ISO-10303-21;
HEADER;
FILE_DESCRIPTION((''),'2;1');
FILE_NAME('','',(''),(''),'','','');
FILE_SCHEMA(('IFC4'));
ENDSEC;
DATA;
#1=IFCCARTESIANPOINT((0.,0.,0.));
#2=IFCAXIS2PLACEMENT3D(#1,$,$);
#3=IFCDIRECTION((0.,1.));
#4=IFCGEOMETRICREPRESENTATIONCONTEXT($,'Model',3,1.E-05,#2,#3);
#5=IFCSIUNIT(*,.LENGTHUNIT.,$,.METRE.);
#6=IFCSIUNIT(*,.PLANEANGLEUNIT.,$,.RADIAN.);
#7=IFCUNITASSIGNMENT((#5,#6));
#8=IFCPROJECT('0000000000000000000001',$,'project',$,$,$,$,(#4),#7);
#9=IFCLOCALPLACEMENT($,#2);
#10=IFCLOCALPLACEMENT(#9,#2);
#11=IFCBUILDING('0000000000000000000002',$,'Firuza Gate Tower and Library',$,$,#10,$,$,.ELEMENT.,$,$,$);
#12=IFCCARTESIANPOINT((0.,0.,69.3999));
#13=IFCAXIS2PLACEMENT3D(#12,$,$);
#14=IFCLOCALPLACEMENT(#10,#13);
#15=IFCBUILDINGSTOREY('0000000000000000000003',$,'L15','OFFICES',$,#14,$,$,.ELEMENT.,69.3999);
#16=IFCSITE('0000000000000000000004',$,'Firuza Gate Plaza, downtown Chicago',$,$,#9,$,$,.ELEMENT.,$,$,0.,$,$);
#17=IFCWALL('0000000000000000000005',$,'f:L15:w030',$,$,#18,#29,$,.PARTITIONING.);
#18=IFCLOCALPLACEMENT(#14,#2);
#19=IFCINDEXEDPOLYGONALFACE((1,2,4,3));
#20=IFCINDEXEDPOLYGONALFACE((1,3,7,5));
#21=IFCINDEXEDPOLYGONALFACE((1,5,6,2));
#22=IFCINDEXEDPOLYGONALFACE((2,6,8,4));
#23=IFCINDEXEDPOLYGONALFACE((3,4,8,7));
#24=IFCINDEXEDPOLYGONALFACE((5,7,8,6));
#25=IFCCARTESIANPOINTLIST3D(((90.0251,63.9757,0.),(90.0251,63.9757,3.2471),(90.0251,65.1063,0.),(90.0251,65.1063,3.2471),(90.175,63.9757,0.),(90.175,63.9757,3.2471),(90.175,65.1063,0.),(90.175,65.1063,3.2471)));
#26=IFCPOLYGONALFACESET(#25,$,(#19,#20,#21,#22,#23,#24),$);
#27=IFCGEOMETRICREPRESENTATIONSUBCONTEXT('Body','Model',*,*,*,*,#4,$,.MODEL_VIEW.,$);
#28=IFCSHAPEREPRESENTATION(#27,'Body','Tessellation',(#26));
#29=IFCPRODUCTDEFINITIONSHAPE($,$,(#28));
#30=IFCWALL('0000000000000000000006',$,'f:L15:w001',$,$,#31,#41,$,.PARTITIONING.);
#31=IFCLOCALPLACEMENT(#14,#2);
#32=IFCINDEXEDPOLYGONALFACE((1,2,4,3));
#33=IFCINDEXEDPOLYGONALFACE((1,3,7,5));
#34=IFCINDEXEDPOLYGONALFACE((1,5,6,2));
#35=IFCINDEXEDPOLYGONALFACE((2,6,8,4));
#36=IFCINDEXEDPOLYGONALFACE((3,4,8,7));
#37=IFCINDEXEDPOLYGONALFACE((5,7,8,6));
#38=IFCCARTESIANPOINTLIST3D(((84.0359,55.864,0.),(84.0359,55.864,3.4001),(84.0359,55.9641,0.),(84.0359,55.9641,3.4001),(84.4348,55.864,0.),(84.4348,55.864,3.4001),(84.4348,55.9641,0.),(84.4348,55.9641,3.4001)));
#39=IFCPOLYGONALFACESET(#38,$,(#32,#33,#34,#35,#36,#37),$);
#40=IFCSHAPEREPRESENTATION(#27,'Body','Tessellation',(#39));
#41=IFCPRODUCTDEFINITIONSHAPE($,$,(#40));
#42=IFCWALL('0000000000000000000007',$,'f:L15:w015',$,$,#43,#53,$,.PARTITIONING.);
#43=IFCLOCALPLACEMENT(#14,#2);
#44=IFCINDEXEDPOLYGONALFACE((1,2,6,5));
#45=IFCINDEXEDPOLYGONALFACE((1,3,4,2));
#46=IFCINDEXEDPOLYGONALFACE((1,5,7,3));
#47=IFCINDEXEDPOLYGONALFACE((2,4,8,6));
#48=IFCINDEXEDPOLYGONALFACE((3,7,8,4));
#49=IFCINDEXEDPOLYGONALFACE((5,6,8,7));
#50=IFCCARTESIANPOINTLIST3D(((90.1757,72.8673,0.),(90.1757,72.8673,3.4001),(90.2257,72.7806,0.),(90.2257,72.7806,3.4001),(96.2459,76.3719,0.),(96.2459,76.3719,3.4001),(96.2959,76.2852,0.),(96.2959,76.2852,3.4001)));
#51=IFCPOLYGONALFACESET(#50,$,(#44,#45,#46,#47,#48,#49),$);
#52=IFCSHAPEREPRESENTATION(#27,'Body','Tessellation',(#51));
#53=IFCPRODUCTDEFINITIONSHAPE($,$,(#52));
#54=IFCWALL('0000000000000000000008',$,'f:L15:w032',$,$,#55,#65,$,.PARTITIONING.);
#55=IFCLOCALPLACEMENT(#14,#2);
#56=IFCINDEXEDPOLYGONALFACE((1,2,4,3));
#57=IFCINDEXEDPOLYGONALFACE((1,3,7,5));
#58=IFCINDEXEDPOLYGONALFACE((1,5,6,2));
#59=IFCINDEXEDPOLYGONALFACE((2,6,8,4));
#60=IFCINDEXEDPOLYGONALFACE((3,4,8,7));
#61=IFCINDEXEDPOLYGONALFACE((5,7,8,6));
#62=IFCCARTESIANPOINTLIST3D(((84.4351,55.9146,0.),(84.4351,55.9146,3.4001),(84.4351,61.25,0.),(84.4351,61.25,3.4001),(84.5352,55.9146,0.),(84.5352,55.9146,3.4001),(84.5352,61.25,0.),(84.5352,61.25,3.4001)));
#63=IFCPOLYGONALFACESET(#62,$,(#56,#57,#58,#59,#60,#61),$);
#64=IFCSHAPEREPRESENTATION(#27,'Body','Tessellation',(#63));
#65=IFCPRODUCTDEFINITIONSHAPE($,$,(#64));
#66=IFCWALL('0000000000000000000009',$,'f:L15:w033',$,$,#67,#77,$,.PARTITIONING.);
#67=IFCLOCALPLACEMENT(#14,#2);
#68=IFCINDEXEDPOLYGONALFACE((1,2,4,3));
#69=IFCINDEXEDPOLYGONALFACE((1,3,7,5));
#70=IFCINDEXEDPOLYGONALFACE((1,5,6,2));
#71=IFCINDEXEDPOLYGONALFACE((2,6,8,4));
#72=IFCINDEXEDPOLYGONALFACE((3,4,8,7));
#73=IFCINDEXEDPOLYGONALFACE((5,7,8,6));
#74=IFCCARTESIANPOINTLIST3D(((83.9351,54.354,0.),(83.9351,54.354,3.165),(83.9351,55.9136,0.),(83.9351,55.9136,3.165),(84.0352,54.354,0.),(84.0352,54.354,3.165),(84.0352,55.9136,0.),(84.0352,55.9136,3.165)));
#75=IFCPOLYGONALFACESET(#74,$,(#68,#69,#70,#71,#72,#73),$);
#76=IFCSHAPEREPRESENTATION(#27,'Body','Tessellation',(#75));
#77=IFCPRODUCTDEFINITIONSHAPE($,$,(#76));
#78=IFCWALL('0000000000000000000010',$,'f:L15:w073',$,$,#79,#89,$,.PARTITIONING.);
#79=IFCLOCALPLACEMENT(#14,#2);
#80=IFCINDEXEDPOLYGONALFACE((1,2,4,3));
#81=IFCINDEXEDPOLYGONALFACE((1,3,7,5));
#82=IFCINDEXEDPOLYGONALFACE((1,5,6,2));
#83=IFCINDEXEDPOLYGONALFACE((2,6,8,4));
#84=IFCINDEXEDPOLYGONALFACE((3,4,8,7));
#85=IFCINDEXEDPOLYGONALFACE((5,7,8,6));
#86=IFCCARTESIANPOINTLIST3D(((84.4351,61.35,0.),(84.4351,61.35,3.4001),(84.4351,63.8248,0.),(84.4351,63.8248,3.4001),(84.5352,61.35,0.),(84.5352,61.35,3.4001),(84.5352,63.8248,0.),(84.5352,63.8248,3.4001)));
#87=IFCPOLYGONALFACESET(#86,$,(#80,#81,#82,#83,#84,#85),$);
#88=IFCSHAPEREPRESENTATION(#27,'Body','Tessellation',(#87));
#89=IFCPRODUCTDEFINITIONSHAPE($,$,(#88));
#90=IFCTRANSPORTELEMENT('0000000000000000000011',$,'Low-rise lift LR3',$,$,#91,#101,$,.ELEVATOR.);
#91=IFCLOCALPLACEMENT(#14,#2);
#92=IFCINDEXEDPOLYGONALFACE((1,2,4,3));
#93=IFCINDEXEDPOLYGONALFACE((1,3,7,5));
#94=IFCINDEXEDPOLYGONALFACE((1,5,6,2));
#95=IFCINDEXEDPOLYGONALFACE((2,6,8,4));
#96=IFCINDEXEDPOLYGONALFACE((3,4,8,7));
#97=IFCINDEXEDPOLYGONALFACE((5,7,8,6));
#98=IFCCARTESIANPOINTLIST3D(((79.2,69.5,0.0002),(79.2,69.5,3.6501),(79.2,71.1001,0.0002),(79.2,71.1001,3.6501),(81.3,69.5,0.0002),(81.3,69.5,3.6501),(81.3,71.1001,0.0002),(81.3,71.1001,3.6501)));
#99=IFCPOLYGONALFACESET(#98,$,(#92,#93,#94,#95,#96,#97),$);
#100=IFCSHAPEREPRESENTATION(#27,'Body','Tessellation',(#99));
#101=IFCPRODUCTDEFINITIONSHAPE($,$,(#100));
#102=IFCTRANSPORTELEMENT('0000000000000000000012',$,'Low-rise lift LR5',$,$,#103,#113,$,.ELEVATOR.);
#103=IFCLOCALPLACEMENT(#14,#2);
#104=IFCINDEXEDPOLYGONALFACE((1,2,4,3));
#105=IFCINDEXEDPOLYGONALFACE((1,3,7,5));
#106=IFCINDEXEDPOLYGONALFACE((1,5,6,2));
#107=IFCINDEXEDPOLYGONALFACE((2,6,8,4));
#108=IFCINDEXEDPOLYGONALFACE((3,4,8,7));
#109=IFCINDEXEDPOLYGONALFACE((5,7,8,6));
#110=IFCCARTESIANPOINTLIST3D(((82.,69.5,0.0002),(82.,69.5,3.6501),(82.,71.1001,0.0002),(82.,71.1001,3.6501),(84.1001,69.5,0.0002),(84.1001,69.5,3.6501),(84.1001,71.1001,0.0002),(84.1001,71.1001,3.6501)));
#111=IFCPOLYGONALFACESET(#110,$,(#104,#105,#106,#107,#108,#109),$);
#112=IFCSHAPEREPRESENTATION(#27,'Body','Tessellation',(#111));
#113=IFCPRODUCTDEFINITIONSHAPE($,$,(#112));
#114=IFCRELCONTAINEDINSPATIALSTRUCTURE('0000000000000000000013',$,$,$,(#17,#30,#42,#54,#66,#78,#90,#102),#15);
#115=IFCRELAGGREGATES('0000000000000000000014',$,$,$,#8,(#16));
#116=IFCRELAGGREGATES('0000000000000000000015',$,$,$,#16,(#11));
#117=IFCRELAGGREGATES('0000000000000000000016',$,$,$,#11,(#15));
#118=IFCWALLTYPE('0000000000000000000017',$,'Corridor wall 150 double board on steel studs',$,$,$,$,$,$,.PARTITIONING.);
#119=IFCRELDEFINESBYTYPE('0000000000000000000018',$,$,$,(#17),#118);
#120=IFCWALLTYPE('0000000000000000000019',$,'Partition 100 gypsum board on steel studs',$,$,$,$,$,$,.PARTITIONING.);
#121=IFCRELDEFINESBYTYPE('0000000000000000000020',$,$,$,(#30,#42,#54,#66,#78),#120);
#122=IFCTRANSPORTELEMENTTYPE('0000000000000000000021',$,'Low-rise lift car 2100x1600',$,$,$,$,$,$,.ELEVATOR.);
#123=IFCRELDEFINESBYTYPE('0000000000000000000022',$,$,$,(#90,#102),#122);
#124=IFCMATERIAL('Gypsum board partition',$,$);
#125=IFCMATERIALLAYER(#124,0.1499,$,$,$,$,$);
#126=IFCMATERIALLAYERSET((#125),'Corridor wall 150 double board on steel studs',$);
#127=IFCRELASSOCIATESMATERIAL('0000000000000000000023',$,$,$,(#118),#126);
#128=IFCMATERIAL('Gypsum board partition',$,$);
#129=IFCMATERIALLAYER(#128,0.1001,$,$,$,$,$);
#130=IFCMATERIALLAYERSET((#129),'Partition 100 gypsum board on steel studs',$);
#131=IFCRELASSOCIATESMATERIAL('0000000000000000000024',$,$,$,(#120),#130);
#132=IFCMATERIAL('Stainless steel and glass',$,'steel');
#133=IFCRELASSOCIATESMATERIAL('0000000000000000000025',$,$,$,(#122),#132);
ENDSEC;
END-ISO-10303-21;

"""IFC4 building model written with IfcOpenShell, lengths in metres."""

from ifc_helpers import new_model, si_unit, direction, frame, frame_2d, origin, origin_2d, place, context, subcontext, project, spatial, rectangle, extrude, material, layer, layer_set, type_object, element, save


model = new_model("IFC4")

# Units and contexts
model_context = context("Model", 3, precision=1e-05, world=origin(), true_north=direction((0.0, 1.0)))
body_context = subcontext(model_context, "Body", "Model", "MODEL_VIEW")
ifc_project = project(units=[si_unit("LENGTHUNIT", "METRE"), si_unit("PLANEANGLEUNIT", "RADIAN")], contexts=[model_context])

# Site, building, storey
site_placement = place(None, origin())
site = spatial("IfcSite", under=ifc_project, at=site_placement, Name="Firuza Gate Plaza, downtown Chicago", CompositionType="ELEMENT", RefElevation=0.0)
building_placement = place(site_placement, origin())
building = spatial("IfcBuilding", under=site, at=building_placement, Name="Firuza Gate Tower and Library", CompositionType="ELEMENT")
storey_placement = place(building_placement, frame((0.0, 0.0, 69.3999)))
storey = spatial("IfcBuildingStorey", under=building, at=storey_placement, Name="L15", Description="OFFICES", CompositionType="ELEMENT", Elevation=69.3999)

# Shared definitions
ifc_material_1 = material(Name="Gypsum board partition")
ifc_layer_1 = layer(ifc_material_1, 0.1499)
ifc_layer_set_1 = layer_set([ifc_layer_1], Name="Corridor wall 150 double board on steel studs")
wall_type_1 = type_object("IfcWallType", Name="Corridor wall 150 double board on steel studs", PredefinedType="PARTITIONING", material=ifc_layer_set_1)

# Walls
wall_1_placement = place(storey_placement, frame((90.1001, 63.9756, 0.0), z_axis=(0.0, 0.0, 1.0), x_axis=(0.0, 1.0, 0.0)))
element("IfcWall", 1, at=wall_1_placement, inside=storey, type_object=wall_type_1, Name="f:L15:w030", PredefinedType="PARTITIONING", context=body_context, shape_type="SweptSolid", body=[
    extrude(rectangle(XDim=1.1306, YDim=0.1499, at=frame_2d((0.5654, 0.0))), origin(), (0.0, 0.0, 1.0), 3.2471),
])
ifc_material_2 = material(Name="Gypsum board partition")
ifc_layer_2 = layer(ifc_material_2, 0.1001)
ifc_layer_set_2 = layer_set([ifc_layer_2], Name="Partition 100 gypsum board on steel studs")
wall_type_2 = type_object("IfcWallType", Name="Partition 100 gypsum board on steel studs", PredefinedType="PARTITIONING", material=ifc_layer_set_2)
wall_2_placement = place(storey_placement, frame((84.0359, 55.9141, 0.0), z_axis=(0.0, 0.0, 1.0), x_axis=(1.0, 0.0, 0.0)))
element("IfcWall", 2, at=wall_2_placement, inside=storey, type_object=wall_type_2, Name="f:L15:w001", PredefinedType="PARTITIONING", context=body_context, shape_type="SweptSolid", body=[
    extrude(rectangle(XDim=0.3989, YDim=0.1001, at=frame_2d((0.1995, 0.0))), origin(), (0.0, 0.0, 1.0), 3.4001),
])
wall_3_placement = place(storey_placement, frame((90.2007, 72.824, 0.0), z_axis=(0.0, 0.0, 1.0), x_axis=(0.866029, 0.499994, 0.0)))
element("IfcWall", 3, at=wall_3_placement, inside=storey, type_object=wall_type_2, Name="f:L15:w015", PredefinedType="PARTITIONING", context=body_context, shape_type="SweptSolid", body=[
    extrude(rectangle(XDim=7.0093, YDim=0.1001, at=frame_2d((3.5046, 0.0))), origin(), (0.0, 0.0, 1.0), 3.4001),
])
wall_4_placement = place(storey_placement, frame((84.4851, 55.9146, 0.0), z_axis=(0.0, 0.0, 1.0), x_axis=(0.0, 1.0, 0.0)))
element("IfcWall", 4, at=wall_4_placement, inside=storey, type_object=wall_type_2, Name="f:L15:w032", PredefinedType="PARTITIONING", context=body_context, shape_type="SweptSolid", body=[
    extrude(rectangle(XDim=5.3354, YDim=0.1001, at=frame_2d((2.6677, 0.0))), origin(), (0.0, 0.0, 1.0), 3.4001),
])
wall_5_placement = place(storey_placement, frame((83.9851, 54.354, 0.0), z_axis=(0.0, 0.0, 1.0), x_axis=(0.0, 1.0, 0.0)))
element("IfcWall", 5, at=wall_5_placement, inside=storey, type_object=wall_type_2, Name="f:L15:w033", PredefinedType="PARTITIONING", context=body_context, shape_type="SweptSolid", body=[
    extrude(rectangle(XDim=1.5596, YDim=0.1001, at=frame_2d((0.7798, 0.0))), origin(), (0.0, 0.0, 1.0), 3.165),
])
wall_6_placement = place(storey_placement, frame((84.4851, 61.3501, 0.0), z_axis=(0.0, 0.0, 1.0), x_axis=(0.0, 1.0, 0.0)))
element("IfcWall", 6, at=wall_6_placement, inside=storey, type_object=wall_type_2, Name="f:L15:w073", PredefinedType="PARTITIONING", context=body_context, shape_type="SweptSolid", body=[
    extrude(rectangle(XDim=2.4749, YDim=0.1001, at=frame_2d((1.2373, 0.0))), origin(), (0.0, 0.0, 1.0), 3.4001),
])

# Transport elements
ifc_material_3 = material(Name="Stainless steel and glass", Category="steel")
transport_element_type = type_object("IfcTransportElementType", Name="Low-rise lift car 2100x1600", PredefinedType="ELEVATOR", material=ifc_material_3)
for number, where, z_axis, x_axis, name in (
    (7, (80.25, 70.3, 0.0002), (0.0, 0.0, 1.0), (1.0, 0.0, 0.0), "Low-rise lift LR3"),
    (8, (83.05, 70.3, 0.0002), (0.0, 0.0, 1.0), (1.0, 0.0, 0.0), "Low-rise lift LR5"),
):
    element("IfcTransportElement", number, at=place(storey_placement, frame(where, z_axis=z_axis, x_axis=x_axis)), inside=storey, type_object=transport_element_type, Name=name, PredefinedType="ELEVATOR", context=body_context, shape_type="SweptSolid", body=[
        extrude(rectangle(XDim=2.1001, YDim=1.6001, at=origin_2d()), origin(), (0.0, 0.0, 1.0), 3.6499),
    ])

save(model, "model.ifc")
